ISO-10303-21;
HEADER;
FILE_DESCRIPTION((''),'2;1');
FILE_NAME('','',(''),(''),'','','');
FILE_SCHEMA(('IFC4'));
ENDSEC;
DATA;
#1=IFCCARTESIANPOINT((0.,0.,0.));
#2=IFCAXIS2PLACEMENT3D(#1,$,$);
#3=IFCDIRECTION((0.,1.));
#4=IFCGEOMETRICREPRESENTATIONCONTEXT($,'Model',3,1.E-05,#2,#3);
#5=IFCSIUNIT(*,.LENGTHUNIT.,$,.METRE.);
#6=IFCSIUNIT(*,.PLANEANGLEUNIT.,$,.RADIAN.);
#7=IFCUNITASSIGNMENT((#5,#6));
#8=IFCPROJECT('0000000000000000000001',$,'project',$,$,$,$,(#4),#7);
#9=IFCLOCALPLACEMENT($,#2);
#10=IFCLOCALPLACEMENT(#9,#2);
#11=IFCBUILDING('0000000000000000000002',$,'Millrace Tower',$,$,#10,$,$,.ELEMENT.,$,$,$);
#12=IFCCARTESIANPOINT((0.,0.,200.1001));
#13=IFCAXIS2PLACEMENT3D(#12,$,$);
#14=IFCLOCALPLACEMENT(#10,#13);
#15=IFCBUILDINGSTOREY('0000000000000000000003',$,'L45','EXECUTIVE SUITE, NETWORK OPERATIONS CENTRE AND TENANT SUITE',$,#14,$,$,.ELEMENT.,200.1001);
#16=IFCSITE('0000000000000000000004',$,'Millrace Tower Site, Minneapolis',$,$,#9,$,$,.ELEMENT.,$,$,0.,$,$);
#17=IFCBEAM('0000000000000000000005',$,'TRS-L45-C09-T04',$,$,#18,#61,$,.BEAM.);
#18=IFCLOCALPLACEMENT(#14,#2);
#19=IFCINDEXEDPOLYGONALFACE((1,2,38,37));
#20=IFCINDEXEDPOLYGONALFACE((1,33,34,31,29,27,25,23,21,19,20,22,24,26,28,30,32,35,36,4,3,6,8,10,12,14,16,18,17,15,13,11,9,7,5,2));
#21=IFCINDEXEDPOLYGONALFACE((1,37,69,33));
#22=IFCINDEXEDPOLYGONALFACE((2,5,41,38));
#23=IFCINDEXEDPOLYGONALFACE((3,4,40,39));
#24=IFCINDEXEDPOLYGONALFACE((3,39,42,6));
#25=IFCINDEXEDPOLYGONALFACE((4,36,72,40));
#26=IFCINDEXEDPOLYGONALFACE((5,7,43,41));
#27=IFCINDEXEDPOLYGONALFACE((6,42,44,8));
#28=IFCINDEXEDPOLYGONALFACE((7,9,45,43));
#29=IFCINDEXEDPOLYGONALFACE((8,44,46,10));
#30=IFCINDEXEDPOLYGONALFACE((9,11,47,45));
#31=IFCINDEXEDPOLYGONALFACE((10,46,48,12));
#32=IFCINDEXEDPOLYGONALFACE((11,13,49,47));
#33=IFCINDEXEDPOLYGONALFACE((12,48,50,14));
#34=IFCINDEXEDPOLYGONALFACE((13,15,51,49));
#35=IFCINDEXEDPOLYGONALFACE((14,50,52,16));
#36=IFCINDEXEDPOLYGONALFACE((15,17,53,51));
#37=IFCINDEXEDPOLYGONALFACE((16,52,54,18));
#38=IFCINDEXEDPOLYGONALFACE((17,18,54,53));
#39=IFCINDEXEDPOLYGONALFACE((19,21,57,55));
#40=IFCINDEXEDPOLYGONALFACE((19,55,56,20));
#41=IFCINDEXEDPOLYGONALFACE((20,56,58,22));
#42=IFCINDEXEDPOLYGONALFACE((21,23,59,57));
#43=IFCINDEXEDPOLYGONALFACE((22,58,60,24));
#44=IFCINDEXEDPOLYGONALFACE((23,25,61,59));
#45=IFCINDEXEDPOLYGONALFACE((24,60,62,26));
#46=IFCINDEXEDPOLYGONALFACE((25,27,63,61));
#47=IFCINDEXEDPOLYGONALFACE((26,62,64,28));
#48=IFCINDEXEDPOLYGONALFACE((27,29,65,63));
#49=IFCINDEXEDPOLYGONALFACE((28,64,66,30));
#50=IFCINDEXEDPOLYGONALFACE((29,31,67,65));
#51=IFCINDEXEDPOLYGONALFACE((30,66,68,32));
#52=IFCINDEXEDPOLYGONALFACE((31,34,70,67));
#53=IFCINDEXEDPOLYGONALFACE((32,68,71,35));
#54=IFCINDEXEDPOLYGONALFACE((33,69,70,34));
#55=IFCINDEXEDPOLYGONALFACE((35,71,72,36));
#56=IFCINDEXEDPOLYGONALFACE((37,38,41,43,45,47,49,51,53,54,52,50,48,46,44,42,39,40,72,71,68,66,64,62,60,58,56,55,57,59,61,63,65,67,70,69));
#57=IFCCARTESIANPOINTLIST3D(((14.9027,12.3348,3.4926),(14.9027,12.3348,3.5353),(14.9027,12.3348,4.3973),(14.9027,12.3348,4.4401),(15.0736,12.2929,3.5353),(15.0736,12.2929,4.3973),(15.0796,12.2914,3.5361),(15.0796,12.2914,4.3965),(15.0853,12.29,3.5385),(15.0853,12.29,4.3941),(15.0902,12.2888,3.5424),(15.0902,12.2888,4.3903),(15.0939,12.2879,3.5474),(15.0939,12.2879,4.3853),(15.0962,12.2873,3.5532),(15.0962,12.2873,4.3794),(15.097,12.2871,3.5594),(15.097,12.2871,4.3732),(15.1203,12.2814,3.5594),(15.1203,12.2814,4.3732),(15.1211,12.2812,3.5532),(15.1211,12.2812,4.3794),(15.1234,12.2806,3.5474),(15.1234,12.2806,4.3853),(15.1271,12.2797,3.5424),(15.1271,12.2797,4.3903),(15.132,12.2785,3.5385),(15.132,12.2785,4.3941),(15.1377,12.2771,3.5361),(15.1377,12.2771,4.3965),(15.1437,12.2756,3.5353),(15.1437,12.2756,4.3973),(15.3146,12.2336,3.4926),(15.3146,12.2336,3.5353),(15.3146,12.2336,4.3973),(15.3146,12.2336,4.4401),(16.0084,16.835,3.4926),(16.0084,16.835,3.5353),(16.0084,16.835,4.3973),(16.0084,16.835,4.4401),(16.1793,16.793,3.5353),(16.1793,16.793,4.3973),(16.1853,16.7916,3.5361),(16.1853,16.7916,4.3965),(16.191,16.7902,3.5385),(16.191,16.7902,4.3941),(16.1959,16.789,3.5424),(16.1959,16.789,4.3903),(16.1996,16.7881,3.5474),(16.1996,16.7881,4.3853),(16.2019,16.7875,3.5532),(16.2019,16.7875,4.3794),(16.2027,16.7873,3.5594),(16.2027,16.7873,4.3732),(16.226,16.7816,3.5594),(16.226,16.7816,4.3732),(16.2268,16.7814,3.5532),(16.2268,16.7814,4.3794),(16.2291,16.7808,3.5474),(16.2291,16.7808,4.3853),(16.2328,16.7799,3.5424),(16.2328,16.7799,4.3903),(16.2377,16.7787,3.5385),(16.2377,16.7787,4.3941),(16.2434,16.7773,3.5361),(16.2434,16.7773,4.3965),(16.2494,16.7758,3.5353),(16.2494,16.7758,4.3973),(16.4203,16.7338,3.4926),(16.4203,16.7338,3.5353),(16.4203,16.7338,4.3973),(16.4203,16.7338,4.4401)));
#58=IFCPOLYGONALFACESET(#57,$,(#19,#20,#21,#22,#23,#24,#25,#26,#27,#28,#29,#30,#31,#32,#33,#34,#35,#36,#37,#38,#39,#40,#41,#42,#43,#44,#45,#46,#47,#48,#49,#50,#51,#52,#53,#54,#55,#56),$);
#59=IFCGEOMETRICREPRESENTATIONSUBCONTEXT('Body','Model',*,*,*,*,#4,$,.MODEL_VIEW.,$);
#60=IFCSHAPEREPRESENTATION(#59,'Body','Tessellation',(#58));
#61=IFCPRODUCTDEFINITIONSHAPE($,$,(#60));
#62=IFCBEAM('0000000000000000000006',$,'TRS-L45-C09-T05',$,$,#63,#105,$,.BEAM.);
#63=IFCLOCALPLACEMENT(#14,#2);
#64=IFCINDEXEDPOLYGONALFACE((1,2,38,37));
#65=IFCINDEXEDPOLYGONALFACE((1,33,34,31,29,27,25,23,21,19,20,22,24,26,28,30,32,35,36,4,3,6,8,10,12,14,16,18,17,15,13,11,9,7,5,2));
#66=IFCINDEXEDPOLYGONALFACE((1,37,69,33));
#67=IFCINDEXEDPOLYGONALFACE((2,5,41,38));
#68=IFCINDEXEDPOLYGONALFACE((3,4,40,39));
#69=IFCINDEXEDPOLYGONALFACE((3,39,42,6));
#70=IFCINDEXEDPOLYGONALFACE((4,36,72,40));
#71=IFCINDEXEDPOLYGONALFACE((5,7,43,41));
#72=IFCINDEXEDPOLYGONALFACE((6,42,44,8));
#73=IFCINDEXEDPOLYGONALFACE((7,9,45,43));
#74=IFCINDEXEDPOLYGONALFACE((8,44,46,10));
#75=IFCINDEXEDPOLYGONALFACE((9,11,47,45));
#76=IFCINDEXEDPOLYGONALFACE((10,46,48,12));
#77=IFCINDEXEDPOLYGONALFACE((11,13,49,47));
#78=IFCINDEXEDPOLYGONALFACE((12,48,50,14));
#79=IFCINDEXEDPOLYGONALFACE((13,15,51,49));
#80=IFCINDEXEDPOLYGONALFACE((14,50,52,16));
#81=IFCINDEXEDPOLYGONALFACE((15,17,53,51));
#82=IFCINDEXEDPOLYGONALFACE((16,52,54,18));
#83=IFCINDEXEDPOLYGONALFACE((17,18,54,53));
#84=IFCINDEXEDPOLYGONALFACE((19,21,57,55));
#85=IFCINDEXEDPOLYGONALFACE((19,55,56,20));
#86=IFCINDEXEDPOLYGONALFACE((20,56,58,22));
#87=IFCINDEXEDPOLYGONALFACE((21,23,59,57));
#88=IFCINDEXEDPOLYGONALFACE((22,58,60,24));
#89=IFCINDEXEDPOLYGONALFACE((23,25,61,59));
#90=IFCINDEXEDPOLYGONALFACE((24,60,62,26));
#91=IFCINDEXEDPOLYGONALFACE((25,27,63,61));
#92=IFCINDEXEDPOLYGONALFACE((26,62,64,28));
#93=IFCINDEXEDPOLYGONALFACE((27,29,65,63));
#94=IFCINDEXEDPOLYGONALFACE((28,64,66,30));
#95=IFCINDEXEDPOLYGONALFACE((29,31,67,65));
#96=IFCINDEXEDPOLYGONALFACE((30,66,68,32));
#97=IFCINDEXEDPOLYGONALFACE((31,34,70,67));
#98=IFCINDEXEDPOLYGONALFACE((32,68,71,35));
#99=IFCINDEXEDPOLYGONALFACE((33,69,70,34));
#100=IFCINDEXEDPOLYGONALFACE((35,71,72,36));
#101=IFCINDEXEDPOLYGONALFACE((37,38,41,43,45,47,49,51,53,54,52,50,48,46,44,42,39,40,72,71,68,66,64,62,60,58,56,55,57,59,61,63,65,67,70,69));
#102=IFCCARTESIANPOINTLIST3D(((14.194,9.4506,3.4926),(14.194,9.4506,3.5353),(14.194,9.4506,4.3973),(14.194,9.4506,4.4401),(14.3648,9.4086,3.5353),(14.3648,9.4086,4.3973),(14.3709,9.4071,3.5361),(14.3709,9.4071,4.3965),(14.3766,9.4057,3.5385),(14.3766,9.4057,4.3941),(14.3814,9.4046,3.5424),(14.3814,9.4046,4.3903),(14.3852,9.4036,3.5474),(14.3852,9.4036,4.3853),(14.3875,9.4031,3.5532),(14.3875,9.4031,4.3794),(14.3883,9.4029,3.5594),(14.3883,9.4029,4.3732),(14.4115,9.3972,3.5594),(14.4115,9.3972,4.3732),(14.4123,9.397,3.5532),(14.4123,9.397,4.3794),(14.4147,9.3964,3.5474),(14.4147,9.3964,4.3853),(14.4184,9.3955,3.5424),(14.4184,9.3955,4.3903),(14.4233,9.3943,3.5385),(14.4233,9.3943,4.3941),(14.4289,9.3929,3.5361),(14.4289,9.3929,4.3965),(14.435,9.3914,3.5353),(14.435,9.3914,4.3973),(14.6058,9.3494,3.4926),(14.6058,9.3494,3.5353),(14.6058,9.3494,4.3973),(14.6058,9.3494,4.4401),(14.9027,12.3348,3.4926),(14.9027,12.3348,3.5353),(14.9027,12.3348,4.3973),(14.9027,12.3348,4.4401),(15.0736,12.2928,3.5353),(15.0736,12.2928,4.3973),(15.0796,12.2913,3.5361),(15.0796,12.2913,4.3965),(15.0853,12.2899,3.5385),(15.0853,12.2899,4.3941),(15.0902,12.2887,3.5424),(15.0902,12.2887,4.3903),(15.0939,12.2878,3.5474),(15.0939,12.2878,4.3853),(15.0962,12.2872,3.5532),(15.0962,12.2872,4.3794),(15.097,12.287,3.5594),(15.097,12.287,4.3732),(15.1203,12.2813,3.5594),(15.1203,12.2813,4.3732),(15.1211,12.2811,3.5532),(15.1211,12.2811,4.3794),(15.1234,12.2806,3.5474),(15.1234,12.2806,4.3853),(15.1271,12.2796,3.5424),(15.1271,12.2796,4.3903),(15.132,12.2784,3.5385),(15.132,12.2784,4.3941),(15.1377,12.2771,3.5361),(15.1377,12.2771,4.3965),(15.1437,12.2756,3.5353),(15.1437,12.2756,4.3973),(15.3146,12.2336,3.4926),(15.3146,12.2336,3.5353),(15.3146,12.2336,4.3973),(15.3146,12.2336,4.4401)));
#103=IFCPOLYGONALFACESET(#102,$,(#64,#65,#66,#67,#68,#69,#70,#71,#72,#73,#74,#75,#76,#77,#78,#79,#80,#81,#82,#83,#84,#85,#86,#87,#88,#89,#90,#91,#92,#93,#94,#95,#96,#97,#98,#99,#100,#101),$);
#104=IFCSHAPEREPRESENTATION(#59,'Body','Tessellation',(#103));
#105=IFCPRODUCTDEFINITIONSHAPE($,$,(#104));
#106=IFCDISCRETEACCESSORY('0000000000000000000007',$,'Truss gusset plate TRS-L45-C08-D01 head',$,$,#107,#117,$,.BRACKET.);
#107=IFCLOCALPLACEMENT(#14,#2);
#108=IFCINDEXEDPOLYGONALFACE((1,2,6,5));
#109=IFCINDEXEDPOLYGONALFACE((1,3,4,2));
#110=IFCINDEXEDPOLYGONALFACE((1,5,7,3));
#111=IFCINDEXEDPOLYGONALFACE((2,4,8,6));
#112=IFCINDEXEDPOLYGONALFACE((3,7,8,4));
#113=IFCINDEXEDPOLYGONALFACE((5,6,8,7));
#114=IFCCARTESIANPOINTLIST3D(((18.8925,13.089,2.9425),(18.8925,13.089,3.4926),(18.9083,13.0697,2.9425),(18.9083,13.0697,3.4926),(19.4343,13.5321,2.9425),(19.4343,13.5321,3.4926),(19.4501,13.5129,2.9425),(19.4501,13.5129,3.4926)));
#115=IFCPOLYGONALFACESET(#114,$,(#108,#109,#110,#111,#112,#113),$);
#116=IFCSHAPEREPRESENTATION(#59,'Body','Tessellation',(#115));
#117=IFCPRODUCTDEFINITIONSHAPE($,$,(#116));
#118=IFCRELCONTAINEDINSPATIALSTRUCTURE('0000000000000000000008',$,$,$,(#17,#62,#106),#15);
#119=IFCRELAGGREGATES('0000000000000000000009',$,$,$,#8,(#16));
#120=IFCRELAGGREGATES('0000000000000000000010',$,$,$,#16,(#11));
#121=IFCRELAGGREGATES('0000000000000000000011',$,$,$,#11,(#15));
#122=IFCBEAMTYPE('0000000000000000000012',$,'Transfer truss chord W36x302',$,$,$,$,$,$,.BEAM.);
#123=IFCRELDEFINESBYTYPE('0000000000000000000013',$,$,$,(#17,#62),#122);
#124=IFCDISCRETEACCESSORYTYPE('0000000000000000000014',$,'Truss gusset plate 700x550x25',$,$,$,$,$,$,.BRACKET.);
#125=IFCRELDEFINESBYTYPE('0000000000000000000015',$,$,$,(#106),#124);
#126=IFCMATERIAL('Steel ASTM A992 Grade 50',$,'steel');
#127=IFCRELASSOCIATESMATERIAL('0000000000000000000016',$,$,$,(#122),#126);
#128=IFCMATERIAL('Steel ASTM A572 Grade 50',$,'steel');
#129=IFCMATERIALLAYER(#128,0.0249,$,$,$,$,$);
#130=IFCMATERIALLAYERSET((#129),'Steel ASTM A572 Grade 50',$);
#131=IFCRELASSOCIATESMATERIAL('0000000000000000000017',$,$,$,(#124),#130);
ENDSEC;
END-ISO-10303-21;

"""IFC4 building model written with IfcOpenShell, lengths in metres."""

from ifc_helpers import new_model, si_unit, direction, frame, origin, origin_2d, place, context, subcontext, project, spatial, rectangle, i_section, extrude, material, layer, layer_set, material_profile, profile_set, type_object, element, save


model = new_model("IFC4")

# Units and contexts
model_context = context("Model", 3, precision=1e-05, world=origin(), true_north=direction((0.0, 1.0)))
body_context = subcontext(model_context, "Body", "Model", "MODEL_VIEW")
ifc_project = project(units=[si_unit("LENGTHUNIT", "METRE"), si_unit("PLANEANGLEUNIT", "RADIAN")], contexts=[model_context])

# Site, building, storey
site_placement = place(None, origin())
site = spatial("IfcSite", under=ifc_project, at=site_placement, Name="Millrace Tower Site, Minneapolis", CompositionType="ELEMENT", RefElevation=0.0)
building_placement = place(site_placement, origin())
building = spatial("IfcBuilding", under=site, at=building_placement, Name="Millrace Tower", CompositionType="ELEMENT")
storey_placement = place(building_placement, frame((0.0, 0.0, 200.1001)))
storey = spatial("IfcBuildingStorey", under=building, at=storey_placement, Name="L45", Description="EXECUTIVE SUITE, NETWORK OPERATIONS CENTRE AND TENANT SUITE", CompositionType="ELEMENT", Elevation=200.1001)

# Beams
ifc_material_1 = material(Name="Steel ASTM A992 Grade 50", Category="steel")
ifc_material_profile_1 = material_profile(ifc_material_1, i_section(OverallWidth=0.4241, OverallDepth=0.9475, WebThickness=0.0239, FlangeThickness=0.0427, FilletRadius=0.0242, at=origin_2d()))
ifc_profile_set_1 = profile_set([ifc_material_profile_1], Name="Steel ASTM A992 Grade 50")
beam_type_1 = type_object("IfcBeamType", Name="Transfer truss chord W36x302", PredefinedType="BEAM", material=ifc_profile_set_1)
for number, where, z_axis, x_axis, name in (
    (1, (16.2144, 16.7844, 3.9663), (-0.238604, -0.971117, 0.0), (0.971117, -0.238604, 0.0), "TRS-L45-C09-T04"),
):
    element("IfcBeam", number, at=place(storey_placement, frame(where, z_axis=z_axis, x_axis=x_axis)), inside=storey, type_object=beam_type_1, Name=name, PredefinedType="BEAM", context=body_context, shape_type="SweptSolid", body=[
        extrude(i_section(OverallWidth=0.4241, OverallDepth=0.9475, WebThickness=0.0239, FlangeThickness=0.0427, FilletRadius=0.0242, at=origin_2d()), origin(), (0.0, 0.0, 1.0), 4.634),
    ])
beam_1_placement = place(storey_placement, frame((15.1086, 12.2842, 3.9663), z_axis=(-0.238627, -0.971111, 0.0), x_axis=(0.971111, -0.238627, 0.0)))
element("IfcBeam", 2, at=beam_1_placement, inside=storey, type_object=beam_type_1, Name="TRS-L45-C09-T05", PredefinedType="BEAM", context=body_context, shape_type="SweptSolid", body=[
    extrude(i_section(OverallWidth=0.4241, OverallDepth=0.9475, WebThickness=0.0239, FlangeThickness=0.0427, FilletRadius=0.0242, at=origin_2d()), origin(), (0.0, 0.0, 1.0), 2.97),
])

# Discrete accessory
ifc_material_2 = material(Name="Steel ASTM A572 Grade 50", Category="steel")
ifc_layer_1 = layer(ifc_material_2, 0.0249)
ifc_layer_set_1 = layer_set([ifc_layer_1], Name="Steel ASTM A572 Grade 50")
discrete_accessory_type = type_object("IfcDiscreteAccessoryType", Name="Truss gusset plate 700x550x25", PredefinedType="BRACKET", material=ifc_layer_set_1)
discrete_accessory_placement = place(storey_placement, frame((18.9004, 13.0793, 3.2175), z_axis=(0.774051, 0.633124, 0.0), x_axis=(-0.633124, 0.774051, 0.0)))
element("IfcDiscreteAccessory", 3, at=discrete_accessory_placement, inside=storey, type_object=discrete_accessory_type, Name="Truss gusset plate TRS-L45-C08-D01 head", PredefinedType="BRACKET", context=body_context, shape_type="SweptSolid", body=[
    extrude(rectangle(XDim=0.0249, YDim=0.55, at=origin_2d()), origin(), (0.0, 0.0, 1.0), 0.7),
])

save(model, "model.ifc")
